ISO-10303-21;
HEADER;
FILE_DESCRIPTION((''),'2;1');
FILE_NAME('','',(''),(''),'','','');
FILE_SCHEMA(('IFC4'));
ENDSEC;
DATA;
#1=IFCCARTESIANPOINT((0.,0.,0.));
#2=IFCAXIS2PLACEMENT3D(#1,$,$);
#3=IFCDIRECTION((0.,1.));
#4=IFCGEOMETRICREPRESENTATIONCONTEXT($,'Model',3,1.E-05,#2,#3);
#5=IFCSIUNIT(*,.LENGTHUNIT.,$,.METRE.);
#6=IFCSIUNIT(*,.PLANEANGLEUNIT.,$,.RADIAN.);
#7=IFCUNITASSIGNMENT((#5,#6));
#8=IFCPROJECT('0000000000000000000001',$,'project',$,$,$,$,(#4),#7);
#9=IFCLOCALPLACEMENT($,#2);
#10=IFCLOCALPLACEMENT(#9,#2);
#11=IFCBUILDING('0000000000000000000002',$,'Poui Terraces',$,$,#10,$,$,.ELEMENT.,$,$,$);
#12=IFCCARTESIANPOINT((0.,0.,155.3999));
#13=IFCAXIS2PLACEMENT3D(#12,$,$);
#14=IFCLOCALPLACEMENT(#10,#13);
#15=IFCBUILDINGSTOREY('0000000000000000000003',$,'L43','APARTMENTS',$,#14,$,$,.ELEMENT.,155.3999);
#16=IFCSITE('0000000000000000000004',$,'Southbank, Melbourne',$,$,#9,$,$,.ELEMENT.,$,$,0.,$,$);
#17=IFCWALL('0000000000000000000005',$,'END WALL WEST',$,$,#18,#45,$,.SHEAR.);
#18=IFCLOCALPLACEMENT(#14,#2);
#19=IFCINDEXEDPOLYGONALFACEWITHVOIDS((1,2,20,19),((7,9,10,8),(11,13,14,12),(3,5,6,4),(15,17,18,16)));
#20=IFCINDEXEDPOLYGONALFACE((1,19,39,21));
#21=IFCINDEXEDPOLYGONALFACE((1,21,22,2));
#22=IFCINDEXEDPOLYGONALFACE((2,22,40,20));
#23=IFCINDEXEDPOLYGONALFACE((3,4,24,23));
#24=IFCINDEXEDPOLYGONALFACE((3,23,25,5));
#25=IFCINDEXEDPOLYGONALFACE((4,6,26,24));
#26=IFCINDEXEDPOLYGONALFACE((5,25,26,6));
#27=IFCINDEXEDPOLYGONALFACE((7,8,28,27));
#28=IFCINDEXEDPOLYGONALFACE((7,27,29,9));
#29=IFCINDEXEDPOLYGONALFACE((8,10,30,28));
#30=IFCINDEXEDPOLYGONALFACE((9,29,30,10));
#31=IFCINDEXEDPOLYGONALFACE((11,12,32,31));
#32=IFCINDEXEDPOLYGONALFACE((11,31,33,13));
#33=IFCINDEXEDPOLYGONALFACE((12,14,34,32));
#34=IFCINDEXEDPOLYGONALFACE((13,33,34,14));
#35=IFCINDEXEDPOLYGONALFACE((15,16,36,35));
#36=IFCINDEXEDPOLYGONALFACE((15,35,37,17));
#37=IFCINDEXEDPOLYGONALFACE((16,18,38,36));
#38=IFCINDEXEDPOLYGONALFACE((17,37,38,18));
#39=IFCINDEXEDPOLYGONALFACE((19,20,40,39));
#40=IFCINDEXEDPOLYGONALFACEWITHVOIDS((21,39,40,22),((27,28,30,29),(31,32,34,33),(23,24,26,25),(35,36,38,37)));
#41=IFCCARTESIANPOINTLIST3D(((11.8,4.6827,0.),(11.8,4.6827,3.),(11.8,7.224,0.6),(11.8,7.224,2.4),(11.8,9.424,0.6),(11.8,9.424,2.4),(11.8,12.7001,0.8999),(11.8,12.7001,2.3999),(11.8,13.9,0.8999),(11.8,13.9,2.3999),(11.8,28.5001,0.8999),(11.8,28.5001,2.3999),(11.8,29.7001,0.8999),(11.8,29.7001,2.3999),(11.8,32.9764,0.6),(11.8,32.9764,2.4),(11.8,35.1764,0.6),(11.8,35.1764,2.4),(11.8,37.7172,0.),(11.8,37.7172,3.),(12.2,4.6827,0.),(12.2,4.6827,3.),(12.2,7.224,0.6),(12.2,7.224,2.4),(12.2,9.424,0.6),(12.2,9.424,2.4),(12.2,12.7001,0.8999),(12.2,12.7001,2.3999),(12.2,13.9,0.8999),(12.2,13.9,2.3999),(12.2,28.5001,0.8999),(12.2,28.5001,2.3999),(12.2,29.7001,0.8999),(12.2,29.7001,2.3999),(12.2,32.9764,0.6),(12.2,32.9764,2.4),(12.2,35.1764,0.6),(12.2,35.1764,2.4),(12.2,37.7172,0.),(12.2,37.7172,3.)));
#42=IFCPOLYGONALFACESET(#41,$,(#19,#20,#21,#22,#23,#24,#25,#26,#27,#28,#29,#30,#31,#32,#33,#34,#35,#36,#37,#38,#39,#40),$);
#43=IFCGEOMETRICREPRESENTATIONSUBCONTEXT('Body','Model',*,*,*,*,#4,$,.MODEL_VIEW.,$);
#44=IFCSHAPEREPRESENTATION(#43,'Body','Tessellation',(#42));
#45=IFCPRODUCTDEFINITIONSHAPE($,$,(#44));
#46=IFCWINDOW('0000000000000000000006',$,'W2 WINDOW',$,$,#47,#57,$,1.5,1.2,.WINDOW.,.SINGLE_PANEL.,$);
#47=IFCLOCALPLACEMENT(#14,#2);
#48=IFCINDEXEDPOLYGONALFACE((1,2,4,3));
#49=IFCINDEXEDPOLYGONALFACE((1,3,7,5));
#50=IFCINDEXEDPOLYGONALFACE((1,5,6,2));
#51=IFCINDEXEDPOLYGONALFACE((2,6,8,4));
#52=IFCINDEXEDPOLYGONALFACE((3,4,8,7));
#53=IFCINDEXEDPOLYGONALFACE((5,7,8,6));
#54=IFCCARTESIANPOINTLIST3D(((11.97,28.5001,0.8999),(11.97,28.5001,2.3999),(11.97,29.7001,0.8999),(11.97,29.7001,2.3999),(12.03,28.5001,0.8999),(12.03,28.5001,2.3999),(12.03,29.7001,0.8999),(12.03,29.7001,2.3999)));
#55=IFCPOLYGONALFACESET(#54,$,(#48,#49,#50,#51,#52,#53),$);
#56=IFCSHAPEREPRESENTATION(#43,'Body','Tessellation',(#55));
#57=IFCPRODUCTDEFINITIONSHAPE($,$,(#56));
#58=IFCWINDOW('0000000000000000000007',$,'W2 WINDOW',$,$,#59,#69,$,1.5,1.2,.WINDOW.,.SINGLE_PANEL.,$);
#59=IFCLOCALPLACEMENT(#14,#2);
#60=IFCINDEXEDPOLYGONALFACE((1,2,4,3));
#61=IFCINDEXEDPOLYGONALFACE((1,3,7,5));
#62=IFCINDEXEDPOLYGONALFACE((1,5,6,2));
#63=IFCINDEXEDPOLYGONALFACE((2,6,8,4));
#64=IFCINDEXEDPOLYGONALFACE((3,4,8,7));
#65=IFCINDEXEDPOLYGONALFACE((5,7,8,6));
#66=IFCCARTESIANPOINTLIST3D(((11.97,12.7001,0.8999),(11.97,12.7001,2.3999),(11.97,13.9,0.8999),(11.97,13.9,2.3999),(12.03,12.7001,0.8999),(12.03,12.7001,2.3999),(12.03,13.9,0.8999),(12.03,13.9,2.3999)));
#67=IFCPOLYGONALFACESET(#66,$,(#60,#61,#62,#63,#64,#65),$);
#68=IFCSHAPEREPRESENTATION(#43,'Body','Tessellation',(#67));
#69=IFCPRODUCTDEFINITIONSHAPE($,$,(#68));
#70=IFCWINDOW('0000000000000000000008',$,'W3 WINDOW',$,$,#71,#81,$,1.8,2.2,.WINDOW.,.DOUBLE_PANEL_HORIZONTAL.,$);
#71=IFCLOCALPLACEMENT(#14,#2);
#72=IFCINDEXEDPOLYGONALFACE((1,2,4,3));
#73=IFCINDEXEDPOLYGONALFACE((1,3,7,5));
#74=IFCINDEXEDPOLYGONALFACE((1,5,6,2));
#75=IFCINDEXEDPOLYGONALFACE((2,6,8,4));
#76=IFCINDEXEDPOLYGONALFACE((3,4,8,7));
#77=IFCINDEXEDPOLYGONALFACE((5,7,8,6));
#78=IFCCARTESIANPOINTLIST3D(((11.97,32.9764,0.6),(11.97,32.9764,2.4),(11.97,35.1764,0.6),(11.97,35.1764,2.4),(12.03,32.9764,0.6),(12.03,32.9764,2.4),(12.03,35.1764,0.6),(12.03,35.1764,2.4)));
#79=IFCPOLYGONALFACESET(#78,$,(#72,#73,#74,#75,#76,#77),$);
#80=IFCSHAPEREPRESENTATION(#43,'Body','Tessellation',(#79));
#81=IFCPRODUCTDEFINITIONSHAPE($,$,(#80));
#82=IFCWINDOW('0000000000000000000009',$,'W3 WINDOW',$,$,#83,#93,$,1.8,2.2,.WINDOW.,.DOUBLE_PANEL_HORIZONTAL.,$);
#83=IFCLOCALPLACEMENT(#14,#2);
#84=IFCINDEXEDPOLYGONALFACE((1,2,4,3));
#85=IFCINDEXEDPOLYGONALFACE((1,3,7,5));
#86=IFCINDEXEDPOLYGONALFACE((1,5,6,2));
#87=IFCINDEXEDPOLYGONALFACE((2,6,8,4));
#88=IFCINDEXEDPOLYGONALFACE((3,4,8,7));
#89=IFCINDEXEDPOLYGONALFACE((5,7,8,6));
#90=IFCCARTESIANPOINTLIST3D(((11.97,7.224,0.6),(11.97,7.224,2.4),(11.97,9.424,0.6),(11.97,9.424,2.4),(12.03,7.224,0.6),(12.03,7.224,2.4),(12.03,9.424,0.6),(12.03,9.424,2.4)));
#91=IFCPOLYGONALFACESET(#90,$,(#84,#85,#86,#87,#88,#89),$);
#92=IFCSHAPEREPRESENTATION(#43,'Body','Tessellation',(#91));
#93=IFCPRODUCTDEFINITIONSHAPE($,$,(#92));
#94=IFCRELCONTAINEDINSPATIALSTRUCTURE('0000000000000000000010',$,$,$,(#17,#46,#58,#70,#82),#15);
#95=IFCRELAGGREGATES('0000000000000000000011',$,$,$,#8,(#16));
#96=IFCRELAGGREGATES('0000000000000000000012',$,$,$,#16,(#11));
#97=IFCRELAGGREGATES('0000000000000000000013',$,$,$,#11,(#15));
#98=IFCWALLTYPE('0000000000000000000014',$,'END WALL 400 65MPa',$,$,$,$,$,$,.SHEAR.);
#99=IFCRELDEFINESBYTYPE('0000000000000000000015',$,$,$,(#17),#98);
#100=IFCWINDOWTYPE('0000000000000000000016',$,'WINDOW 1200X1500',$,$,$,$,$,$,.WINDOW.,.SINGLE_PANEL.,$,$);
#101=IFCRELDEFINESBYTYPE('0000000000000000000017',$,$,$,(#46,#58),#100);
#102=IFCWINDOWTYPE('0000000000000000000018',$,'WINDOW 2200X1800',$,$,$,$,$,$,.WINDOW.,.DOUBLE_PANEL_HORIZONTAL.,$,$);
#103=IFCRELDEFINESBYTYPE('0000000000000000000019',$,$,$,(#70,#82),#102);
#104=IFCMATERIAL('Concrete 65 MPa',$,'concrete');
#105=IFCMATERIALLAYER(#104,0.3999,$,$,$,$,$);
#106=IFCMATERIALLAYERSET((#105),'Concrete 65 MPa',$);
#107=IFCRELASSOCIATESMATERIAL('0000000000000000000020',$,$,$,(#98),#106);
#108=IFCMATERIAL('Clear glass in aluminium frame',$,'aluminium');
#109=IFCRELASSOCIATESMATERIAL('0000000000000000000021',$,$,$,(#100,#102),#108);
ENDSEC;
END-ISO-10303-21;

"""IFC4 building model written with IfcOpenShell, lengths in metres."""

from ifc_helpers import new_model, si_unit, direction, frame, frame_2d, origin, place, context, subcontext, project, spatial, rectangle, extrude, material, layer, layer_set, type_object, element, fill, save


model = new_model("IFC4")

# Units and contexts
model_context = context("Model", 3, precision=1e-05, world=origin(), true_north=direction((0.0, 1.0)))
body_context = subcontext(model_context, "Body", "Model", "MODEL_VIEW")
ifc_project = project(units=[si_unit("LENGTHUNIT", "METRE"), si_unit("PLANEANGLEUNIT", "RADIAN")], contexts=[model_context])

# Site, building, storey
site_placement = place(None, origin())
site = spatial("IfcSite", under=ifc_project, at=site_placement, Name="Southbank, Melbourne", CompositionType="ELEMENT", RefElevation=0.0)
building_placement = place(site_placement, origin())
building = spatial("IfcBuilding", under=site, at=building_placement, Name="Poui Terraces", CompositionType="ELEMENT")
storey_placement = place(building_placement, frame((0.0, 0.0, 155.3999)))
storey = spatial("IfcBuildingStorey", under=building, at=storey_placement, Name="L43", Description="APARTMENTS", CompositionType="ELEMENT", Elevation=155.3999)

# Shared definitions
ifc_material_1 = material(Name="Concrete 65 MPa", Category="concrete")

# Wall, openings, windows
ifc_layer_1 = layer(ifc_material_1, 0.3999)
ifc_layer_set_1 = layer_set([ifc_layer_1], Name="Concrete 65 MPa")
wall_type_1 = type_object("IfcWallType", Name="END WALL 400 65MPa", PredefinedType="SHEAR", material=ifc_layer_set_1)
wall_1_placement = place(storey_placement, frame((12.0, 4.6829, 0.0), z_axis=(0.0, 0.0, 1.0), x_axis=(0.0, 1.0, 0.0)))
wall_1 = element("IfcWall", 1, at=wall_1_placement, inside=storey, type_object=wall_type_1, Name="END WALL WEST", PredefinedType="SHEAR", context=body_context, shape_type="SweptSolid", body=[
    extrude(rectangle(XDim=33.0344, YDim=0.3999, at=frame_2d((16.5171, 0.0))), origin(), (0.0, 0.0, 1.0), 3.0),
])
opening_1_placement = place(wall_1_placement, frame((23.8171, 0.0, 0.8999)))
opening_1 = element("IfcOpeningElement", 2, at=opening_1_placement, cuts=wall_1, PredefinedType="OPENING", context=body_context, shape_type="SweptSolid", body=[
    extrude(rectangle(XDim=1.2, YDim=1.5, at=frame_2d((0.6001, 0.75))), frame((0.0, 0.21, 0.0), z_axis=(0.0, -1.0, 0.0), x_axis=(1.0, 0.0, 0.0)), (0.0, 0.0, 1.0), 0.4199),
])
opening_2_placement = place(wall_1_placement, frame((8.0171, 0.0, 0.8999)))
opening_2 = element("IfcOpeningElement", 3, at=opening_2_placement, cuts=wall_1, PredefinedType="OPENING", context=body_context, shape_type="SweptSolid", body=[
    extrude(rectangle(XDim=1.2, YDim=1.5, at=frame_2d((0.6001, 0.75))), frame((0.0, 0.21, 0.0), z_axis=(0.0, -1.0, 0.0), x_axis=(1.0, 0.0, 0.0)), (0.0, 0.0, 1.0), 0.4199),
])
opening_3_placement = place(wall_1_placement, frame((28.2935, 0.0, 0.6001)))
opening_3 = element("IfcOpeningElement", 4, at=opening_3_placement, cuts=wall_1, PredefinedType="OPENING", context=body_context, shape_type="SweptSolid", body=[
    extrude(rectangle(XDim=2.2, YDim=1.8, at=frame_2d((1.1001, 0.8999))), frame((0.0, 0.21, 0.0), z_axis=(0.0, -1.0, 0.0), x_axis=(1.0, 0.0, 0.0)), (0.0, 0.0, 1.0), 0.4199),
])
opening_4_placement = place(wall_1_placement, frame((2.541, 0.0, 0.6001)))
opening_4 = element("IfcOpeningElement", 5, at=opening_4_placement, cuts=wall_1, PredefinedType="OPENING", context=body_context, shape_type="SweptSolid", body=[
    extrude(rectangle(XDim=2.2, YDim=1.8, at=frame_2d((1.1001, 0.8999))), frame((0.0, 0.21, 0.0), z_axis=(0.0, -1.0, 0.0), x_axis=(1.0, 0.0, 0.0)), (0.0, 0.0, 1.0), 0.4199),
])
ifc_material_2 = material(Name="Clear glass in aluminium frame", Category="aluminium")
window_type_1 = type_object("IfcWindowType", Name="WINDOW 1200X1500", PartitioningType="SINGLE_PANEL", PredefinedType="WINDOW", material=ifc_material_2)
window_1_placement = place(opening_1_placement, origin())
window_1 = element("IfcWindow", 6, at=window_1_placement, inside=storey, type_object=window_type_1, Name="W2 WINDOW", OverallHeight=1.5, OverallWidth=1.2, PartitioningType="SINGLE_PANEL", PredefinedType="WINDOW", context=body_context, shape_type="SweptSolid", body=[
    extrude(rectangle(XDim=1.2, YDim=1.5, at=frame_2d((0.6001, 0.75))), frame((0.0, 0.03, 0.0), z_axis=(0.0, -1.0, 0.0), x_axis=(1.0, 0.0, 0.0)), (0.0, 0.0, 1.0), 0.0601),
])
fill(opening_1, window_1)
window_2_placement = place(opening_2_placement, origin())
window_2 = element("IfcWindow", 7, at=window_2_placement, inside=storey, type_object=window_type_1, Name="W2 WINDOW", OverallHeight=1.5, OverallWidth=1.2, PartitioningType="SINGLE_PANEL", PredefinedType="WINDOW", context=body_context, shape_type="SweptSolid", body=[
    extrude(rectangle(XDim=1.2, YDim=1.5, at=frame_2d((0.6001, 0.75))), frame((0.0, 0.03, 0.0), z_axis=(0.0, -1.0, 0.0), x_axis=(1.0, 0.0, 0.0)), (0.0, 0.0, 1.0), 0.0601),
])
fill(opening_2, window_2)
window_type_2 = type_object("IfcWindowType", Name="WINDOW 2200X1800", PartitioningType="DOUBLE_PANEL_HORIZONTAL", PredefinedType="WINDOW", material=ifc_material_2)
window_3_placement = place(opening_3_placement, origin())
window_3 = element("IfcWindow", 8, at=window_3_placement, inside=storey, type_object=window_type_2, Name="W3 WINDOW", OverallHeight=1.8, OverallWidth=2.2, PartitioningType="DOUBLE_PANEL_HORIZONTAL", PredefinedType="WINDOW", context=body_context, shape_type="SweptSolid", body=[
    extrude(rectangle(XDim=2.2, YDim=1.8, at=frame_2d((1.1001, 0.8999))), frame((0.0, 0.03, 0.0), z_axis=(0.0, -1.0, 0.0), x_axis=(1.0, 0.0, 0.0)), (0.0, 0.0, 1.0), 0.0601),
])
fill(opening_3, window_3)
window_4_placement = place(opening_4_placement, origin())
window_4 = element("IfcWindow", 9, at=window_4_placement, inside=storey, type_object=window_type_2, Name="W3 WINDOW", OverallHeight=1.8, OverallWidth=2.2, PartitioningType="DOUBLE_PANEL_HORIZONTAL", PredefinedType="WINDOW", context=body_context, shape_type="SweptSolid", body=[
    extrude(rectangle(XDim=2.2, YDim=1.8, at=frame_2d((1.1001, 0.8999))), frame((0.0, 0.03, 0.0), z_axis=(0.0, -1.0, 0.0), x_axis=(1.0, 0.0, 0.0)), (0.0, 0.0, 1.0), 0.0601),
])
fill(opening_4, window_4)

save(model, "model.ifc")
